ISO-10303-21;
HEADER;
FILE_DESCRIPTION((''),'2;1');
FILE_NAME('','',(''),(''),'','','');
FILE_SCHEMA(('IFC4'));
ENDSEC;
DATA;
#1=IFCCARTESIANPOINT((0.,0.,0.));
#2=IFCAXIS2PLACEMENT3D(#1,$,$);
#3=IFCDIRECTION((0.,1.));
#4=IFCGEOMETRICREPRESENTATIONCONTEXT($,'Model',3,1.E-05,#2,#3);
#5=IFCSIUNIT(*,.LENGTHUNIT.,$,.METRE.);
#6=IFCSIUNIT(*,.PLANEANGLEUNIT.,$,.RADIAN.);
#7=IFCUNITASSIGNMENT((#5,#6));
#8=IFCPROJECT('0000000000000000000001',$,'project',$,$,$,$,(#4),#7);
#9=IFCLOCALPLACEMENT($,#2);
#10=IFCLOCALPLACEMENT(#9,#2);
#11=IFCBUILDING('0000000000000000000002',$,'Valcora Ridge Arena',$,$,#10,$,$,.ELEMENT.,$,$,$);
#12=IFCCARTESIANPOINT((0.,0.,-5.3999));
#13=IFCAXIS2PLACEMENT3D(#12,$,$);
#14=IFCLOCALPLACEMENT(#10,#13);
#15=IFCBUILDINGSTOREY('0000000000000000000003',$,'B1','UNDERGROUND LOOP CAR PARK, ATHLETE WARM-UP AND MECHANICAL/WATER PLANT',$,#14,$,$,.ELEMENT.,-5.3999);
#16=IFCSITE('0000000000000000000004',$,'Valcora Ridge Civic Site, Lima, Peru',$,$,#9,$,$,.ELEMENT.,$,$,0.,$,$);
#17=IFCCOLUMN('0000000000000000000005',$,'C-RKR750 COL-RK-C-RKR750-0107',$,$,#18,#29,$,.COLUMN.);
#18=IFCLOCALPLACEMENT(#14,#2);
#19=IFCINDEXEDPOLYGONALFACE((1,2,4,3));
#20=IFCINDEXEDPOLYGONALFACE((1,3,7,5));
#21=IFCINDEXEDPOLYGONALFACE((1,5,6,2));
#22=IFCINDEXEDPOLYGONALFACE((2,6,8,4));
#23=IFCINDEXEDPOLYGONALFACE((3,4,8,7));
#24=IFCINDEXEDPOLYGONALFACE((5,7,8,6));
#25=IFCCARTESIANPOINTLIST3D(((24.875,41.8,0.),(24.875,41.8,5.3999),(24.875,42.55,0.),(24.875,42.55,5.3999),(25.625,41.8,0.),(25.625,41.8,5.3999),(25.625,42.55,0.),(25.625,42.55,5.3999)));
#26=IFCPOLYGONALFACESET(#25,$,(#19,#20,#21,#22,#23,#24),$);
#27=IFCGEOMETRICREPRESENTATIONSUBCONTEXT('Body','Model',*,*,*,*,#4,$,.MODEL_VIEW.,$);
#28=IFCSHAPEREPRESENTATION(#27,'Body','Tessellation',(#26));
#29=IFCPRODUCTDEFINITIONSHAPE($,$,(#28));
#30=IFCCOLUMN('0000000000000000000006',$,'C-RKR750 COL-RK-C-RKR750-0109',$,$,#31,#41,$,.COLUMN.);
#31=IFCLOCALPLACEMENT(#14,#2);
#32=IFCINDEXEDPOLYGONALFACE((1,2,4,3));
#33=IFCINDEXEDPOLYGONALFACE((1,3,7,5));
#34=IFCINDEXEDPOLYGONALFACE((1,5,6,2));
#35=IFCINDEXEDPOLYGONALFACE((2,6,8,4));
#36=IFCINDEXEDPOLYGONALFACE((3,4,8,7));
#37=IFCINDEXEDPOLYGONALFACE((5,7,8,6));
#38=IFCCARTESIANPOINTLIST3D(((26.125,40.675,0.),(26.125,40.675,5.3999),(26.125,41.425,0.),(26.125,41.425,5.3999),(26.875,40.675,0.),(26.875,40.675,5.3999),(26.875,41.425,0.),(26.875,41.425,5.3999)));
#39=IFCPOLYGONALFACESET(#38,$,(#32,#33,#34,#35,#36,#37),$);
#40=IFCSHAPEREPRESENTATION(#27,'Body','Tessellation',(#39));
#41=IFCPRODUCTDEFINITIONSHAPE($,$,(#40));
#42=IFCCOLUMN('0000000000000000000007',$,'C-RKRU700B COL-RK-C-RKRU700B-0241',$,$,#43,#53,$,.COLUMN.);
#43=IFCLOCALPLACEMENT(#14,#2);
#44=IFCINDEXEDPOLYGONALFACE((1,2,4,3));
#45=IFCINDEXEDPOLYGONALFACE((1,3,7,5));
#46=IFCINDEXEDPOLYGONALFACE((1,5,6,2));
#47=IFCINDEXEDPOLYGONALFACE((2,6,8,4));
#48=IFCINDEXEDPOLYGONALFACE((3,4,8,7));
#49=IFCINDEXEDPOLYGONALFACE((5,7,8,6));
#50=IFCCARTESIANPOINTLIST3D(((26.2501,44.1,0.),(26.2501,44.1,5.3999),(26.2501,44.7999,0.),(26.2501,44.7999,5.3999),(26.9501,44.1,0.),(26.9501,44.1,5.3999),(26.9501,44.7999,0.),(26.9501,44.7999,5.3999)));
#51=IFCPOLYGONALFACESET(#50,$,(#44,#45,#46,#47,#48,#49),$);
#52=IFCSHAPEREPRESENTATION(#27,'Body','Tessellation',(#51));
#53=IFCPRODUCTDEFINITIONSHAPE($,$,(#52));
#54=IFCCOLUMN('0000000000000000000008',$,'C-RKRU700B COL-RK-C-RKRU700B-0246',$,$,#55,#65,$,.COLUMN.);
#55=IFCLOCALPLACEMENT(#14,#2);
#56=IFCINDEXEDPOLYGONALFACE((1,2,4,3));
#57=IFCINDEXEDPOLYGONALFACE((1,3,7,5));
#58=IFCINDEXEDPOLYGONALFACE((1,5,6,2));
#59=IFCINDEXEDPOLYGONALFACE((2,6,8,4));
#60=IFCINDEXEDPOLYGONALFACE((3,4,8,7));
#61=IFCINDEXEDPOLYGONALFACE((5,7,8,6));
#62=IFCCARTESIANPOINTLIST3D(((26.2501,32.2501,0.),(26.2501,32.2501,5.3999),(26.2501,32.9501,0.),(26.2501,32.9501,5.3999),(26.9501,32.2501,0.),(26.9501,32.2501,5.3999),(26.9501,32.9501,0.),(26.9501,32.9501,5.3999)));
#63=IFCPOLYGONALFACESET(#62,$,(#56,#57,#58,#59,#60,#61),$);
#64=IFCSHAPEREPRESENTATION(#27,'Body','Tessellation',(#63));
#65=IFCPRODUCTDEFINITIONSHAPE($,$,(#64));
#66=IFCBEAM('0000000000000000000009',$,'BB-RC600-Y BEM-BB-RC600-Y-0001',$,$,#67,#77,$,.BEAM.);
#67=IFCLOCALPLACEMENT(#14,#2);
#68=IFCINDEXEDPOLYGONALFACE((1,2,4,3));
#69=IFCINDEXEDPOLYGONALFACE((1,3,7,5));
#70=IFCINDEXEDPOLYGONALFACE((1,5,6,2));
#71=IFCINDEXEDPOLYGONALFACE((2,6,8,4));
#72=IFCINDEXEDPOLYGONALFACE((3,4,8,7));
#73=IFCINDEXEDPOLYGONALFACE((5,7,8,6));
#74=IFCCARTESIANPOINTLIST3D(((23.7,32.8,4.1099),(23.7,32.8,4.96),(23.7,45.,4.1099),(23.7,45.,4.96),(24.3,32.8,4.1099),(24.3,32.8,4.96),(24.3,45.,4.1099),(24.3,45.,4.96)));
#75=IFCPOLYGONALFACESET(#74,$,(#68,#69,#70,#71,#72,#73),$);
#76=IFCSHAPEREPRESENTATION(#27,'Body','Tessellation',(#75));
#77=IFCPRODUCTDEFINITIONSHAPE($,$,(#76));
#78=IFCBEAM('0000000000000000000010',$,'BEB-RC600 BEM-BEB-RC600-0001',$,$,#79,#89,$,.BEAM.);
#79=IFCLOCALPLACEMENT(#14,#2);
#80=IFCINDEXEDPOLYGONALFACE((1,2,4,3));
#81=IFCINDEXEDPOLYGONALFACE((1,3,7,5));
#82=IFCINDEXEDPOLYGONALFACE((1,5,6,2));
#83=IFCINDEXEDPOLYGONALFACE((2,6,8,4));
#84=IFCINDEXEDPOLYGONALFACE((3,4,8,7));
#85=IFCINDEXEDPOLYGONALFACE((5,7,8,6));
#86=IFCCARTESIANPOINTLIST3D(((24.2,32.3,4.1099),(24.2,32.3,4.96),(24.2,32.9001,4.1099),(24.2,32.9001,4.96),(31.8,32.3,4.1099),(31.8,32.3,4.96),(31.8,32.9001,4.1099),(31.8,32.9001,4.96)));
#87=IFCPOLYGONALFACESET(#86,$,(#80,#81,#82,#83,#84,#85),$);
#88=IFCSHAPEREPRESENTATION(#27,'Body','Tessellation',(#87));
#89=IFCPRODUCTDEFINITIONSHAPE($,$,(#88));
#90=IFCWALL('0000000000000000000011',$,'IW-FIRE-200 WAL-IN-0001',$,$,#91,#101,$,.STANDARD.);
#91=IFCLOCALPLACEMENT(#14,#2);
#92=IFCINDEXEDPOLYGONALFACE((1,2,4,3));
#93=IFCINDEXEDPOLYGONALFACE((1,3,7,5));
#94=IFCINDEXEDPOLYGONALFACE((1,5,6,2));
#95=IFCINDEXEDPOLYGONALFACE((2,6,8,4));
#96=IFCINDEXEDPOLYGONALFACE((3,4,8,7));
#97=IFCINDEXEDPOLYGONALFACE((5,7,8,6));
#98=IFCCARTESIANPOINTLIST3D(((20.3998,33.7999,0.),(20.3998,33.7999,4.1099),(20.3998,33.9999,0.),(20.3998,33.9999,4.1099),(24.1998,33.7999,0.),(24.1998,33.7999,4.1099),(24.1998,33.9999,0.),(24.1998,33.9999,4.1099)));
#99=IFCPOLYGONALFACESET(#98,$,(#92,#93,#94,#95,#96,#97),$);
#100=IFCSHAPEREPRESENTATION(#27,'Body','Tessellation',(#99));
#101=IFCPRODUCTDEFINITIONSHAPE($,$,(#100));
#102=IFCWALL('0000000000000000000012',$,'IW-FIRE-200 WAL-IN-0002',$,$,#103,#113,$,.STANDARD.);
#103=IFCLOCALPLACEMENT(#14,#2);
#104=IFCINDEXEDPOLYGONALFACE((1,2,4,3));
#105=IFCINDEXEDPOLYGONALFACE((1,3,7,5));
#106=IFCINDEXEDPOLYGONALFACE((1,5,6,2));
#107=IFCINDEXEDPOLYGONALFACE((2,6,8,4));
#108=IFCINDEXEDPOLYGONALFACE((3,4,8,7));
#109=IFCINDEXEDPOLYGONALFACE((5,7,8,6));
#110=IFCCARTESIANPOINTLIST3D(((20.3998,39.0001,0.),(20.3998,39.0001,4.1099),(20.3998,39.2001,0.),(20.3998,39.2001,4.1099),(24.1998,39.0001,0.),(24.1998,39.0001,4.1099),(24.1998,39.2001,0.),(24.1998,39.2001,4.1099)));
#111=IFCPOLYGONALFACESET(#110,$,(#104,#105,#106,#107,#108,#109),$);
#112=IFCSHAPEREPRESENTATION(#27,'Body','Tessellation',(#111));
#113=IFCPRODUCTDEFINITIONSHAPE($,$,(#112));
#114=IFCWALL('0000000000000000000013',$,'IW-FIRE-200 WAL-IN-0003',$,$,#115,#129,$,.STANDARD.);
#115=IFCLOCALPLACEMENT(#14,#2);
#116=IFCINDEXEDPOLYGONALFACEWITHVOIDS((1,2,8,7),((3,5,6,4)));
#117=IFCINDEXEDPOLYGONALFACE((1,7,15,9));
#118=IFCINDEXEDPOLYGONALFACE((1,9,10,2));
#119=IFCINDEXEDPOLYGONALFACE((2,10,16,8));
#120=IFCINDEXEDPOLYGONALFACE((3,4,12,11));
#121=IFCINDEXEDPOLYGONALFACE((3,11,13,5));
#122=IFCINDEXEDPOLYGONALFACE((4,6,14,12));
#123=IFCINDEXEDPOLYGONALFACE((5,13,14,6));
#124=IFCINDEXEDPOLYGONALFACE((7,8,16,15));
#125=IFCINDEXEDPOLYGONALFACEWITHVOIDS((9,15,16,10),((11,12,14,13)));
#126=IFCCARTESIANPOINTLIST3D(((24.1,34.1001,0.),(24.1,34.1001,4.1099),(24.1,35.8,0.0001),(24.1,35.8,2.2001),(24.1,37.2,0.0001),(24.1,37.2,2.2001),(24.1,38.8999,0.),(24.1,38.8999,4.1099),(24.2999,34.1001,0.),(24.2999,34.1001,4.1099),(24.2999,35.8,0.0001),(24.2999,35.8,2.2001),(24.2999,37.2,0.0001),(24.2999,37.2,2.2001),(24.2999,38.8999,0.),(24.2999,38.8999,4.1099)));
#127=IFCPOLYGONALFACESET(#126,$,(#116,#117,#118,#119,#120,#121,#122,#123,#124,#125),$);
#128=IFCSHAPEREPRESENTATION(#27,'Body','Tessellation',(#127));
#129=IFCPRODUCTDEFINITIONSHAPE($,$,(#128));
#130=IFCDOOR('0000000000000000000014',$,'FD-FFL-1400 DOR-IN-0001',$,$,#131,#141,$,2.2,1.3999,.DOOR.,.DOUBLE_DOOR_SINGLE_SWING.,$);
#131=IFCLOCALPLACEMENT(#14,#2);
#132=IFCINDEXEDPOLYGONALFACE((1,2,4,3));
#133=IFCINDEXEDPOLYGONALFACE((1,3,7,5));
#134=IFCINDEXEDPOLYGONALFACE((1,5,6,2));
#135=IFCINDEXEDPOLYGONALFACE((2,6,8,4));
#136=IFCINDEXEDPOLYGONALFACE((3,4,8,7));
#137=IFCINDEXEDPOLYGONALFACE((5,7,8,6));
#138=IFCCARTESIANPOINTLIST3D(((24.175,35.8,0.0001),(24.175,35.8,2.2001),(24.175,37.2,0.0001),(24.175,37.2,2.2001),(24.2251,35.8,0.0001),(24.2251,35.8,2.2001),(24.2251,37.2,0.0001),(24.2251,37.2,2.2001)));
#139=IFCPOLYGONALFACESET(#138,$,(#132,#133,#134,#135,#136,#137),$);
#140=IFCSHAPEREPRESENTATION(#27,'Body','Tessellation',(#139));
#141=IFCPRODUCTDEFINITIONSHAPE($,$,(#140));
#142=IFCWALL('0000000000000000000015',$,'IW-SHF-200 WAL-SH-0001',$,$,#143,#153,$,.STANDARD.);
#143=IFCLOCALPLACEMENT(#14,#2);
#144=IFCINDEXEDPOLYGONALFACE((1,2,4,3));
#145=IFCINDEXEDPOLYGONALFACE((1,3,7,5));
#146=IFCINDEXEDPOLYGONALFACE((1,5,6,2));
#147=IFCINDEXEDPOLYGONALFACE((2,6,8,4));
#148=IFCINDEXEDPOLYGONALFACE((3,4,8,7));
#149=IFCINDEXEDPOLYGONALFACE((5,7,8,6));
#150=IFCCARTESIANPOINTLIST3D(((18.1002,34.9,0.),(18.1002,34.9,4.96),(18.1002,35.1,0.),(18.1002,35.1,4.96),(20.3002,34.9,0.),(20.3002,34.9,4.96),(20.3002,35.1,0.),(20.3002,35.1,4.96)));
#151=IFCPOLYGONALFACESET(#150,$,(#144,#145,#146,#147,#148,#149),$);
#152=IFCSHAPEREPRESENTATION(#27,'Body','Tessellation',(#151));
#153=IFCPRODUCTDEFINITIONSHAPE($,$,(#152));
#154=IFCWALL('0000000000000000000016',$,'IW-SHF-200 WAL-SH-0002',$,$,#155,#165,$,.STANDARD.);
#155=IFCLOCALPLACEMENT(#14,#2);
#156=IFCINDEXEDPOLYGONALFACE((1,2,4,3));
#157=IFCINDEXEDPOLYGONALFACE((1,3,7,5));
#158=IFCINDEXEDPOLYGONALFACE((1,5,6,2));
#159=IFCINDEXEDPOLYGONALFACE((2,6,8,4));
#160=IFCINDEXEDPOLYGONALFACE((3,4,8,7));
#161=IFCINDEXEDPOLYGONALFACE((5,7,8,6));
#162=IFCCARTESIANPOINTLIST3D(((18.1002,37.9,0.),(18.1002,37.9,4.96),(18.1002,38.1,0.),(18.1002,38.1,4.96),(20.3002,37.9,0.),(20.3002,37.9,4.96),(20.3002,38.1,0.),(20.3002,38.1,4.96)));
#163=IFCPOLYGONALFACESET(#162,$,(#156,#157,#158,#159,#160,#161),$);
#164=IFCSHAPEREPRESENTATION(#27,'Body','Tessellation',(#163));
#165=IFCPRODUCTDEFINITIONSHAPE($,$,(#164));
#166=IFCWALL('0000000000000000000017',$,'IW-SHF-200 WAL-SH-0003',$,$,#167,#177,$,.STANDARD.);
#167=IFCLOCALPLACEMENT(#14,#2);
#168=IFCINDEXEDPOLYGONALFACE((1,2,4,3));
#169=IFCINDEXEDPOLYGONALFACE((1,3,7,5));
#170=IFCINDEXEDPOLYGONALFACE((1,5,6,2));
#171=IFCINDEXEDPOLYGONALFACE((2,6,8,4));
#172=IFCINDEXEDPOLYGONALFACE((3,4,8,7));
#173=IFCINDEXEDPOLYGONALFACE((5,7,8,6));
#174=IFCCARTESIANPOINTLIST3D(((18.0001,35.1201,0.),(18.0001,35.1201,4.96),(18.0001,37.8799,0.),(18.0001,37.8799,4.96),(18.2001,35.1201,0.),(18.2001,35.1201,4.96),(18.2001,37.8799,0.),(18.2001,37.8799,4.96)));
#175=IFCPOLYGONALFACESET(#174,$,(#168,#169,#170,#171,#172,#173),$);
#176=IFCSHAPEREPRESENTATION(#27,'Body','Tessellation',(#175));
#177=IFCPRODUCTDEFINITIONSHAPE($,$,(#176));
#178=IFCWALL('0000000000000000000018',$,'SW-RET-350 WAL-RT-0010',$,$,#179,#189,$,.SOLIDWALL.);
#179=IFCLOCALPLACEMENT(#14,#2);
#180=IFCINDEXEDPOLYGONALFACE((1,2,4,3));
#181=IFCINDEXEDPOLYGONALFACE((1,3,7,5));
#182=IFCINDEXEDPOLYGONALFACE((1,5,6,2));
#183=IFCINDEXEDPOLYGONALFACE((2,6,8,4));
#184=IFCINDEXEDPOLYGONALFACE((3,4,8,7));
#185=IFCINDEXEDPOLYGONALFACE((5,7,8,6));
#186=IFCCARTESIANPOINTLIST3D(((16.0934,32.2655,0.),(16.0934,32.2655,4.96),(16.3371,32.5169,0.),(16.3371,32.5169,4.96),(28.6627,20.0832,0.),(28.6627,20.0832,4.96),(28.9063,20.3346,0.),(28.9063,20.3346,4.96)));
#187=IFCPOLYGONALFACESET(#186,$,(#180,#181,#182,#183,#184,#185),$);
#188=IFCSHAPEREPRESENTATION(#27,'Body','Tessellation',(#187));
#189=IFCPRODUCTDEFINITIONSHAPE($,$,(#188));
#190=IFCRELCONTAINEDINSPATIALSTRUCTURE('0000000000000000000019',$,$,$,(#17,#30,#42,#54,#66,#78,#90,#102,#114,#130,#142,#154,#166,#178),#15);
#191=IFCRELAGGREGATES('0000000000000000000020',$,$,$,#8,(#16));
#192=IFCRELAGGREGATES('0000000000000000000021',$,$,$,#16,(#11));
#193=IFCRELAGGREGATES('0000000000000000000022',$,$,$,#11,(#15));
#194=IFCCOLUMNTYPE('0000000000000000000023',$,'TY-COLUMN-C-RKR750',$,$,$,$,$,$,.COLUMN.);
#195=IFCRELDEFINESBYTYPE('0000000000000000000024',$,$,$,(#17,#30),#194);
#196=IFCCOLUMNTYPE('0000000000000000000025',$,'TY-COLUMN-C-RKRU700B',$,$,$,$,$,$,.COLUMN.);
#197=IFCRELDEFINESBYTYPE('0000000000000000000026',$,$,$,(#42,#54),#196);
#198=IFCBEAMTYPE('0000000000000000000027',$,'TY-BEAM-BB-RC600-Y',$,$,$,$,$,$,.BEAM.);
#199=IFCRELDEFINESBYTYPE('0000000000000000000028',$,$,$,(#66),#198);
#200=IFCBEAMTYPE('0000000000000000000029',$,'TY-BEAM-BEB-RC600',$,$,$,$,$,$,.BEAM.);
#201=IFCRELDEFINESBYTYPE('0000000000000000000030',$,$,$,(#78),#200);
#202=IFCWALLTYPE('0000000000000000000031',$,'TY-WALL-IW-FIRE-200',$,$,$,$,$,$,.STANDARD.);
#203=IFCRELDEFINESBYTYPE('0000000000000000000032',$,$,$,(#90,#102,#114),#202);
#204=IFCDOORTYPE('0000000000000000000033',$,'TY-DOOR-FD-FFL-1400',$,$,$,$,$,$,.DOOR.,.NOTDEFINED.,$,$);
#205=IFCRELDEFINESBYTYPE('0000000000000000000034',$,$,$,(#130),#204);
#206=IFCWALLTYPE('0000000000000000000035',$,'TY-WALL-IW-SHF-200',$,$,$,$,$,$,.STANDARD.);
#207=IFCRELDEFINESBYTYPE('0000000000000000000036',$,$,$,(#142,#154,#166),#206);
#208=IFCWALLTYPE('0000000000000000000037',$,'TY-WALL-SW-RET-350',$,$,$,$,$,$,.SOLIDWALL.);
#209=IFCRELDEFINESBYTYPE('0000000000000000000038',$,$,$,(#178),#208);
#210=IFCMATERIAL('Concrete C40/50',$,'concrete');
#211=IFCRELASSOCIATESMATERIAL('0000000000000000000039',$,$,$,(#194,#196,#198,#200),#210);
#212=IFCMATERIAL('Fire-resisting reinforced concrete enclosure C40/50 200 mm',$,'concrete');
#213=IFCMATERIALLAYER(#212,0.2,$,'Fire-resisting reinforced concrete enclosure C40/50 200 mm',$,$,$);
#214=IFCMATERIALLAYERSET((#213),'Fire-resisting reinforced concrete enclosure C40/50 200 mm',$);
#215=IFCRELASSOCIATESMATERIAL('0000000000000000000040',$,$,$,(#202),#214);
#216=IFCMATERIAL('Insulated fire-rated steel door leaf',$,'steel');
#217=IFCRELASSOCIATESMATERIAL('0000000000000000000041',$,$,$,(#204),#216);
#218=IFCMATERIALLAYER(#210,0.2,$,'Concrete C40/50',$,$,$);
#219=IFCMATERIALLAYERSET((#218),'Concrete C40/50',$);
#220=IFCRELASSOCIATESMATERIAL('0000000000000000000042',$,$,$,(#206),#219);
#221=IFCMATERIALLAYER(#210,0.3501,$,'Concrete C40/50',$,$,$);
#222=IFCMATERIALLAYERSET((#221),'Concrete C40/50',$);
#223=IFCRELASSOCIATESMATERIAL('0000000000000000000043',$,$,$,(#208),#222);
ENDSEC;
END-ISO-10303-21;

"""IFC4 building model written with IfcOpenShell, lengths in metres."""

from ifc_helpers import new_model, si_unit, direction, frame, frame_2d, origin, origin_2d, place, context, subcontext, project, spatial, rectangle, extrude, material, layer, layer_set, material_profile, profile_set, type_object, element, fill, save


model = new_model("IFC4")

# Units and contexts
model_context = context("Model", 3, precision=1e-05, world=origin(), true_north=direction((0.0, 1.0)))
body_context = subcontext(model_context, "Body", "Model", "MODEL_VIEW")
ifc_project = project(units=[si_unit("LENGTHUNIT", "METRE"), si_unit("PLANEANGLEUNIT", "RADIAN")], contexts=[model_context])

# Site, building, storey
site_placement = place(None, origin())
site = spatial("IfcSite", under=ifc_project, at=site_placement, Name="Valcora Ridge Civic Site, Lima, Peru", CompositionType="ELEMENT", RefElevation=0.0)
building_placement = place(site_placement, origin())
building = spatial("IfcBuilding", under=site, at=building_placement, Name="Valcora Ridge Arena", CompositionType="ELEMENT")
storey_placement = place(building_placement, frame((0.0, 0.0, -5.3999)))
storey = spatial("IfcBuildingStorey", under=building, at=storey_placement, Name="B1", Description="UNDERGROUND LOOP CAR PARK, ATHLETE WARM-UP AND MECHANICAL/WATER PLANT", CompositionType="ELEMENT", Elevation=-5.3999)

# Shared definitions
ifc_material_1 = material(Name="Concrete C40/50", Category="concrete")

# Columns
ifc_material_profile_1 = material_profile(ifc_material_1, rectangle(XDim=0.75, YDim=0.75, at=origin_2d()), Name="RC 750x750")
ifc_profile_set_1 = profile_set([ifc_material_profile_1], Name="Concrete C40/50")
column_type_1 = type_object("IfcColumnType", Name="TY-COLUMN-C-RKR750", PredefinedType="COLUMN", material=ifc_profile_set_1)
for number, where, z_axis, x_axis, name in (
    (1, (25.25, 42.175, 0.0), (0.0, 0.0, 1.0), (1.0, 0.0, 0.0), "C-RKR750 COL-RK-C-RKR750-0107"),
    (2, (26.5, 41.05, 0.0), (0.0, 0.0, 1.0), (1.0, 0.0, 0.0), "C-RKR750 COL-RK-C-RKR750-0109"),
):
    element("IfcColumn", number, at=place(storey_placement, frame(where, z_axis=z_axis, x_axis=x_axis)), inside=storey, type_object=column_type_1, Name=name, PredefinedType="COLUMN", context=body_context, shape_type="SweptSolid", body=[
        extrude(rectangle(XDim=0.75, YDim=0.75, at=origin_2d()), origin(), (0.0, 0.0, 1.0), 5.3999),
    ])
ifc_material_profile_2 = material_profile(ifc_material_1, rectangle(XDim=0.7, YDim=0.7, at=origin_2d()), Name="RC 700x700")
ifc_profile_set_2 = profile_set([ifc_material_profile_2], Name="Concrete C40/50")
column_type_2 = type_object("IfcColumnType", Name="TY-COLUMN-C-RKRU700B", PredefinedType="COLUMN", material=ifc_profile_set_2)
for number, where, z_axis, x_axis, name in (
    (3, (26.6001, 44.45, 0.0), (0.0, 0.0, 1.0), (1.0, 0.0, 0.0), "C-RKRU700B COL-RK-C-RKRU700B-0241"),
    (4, (26.6001, 32.6001, 0.0), (0.0, 0.0, 1.0), (1.0, 0.0, 0.0), "C-RKRU700B COL-RK-C-RKRU700B-0246"),
):
    element("IfcColumn", number, at=place(storey_placement, frame(where, z_axis=z_axis, x_axis=x_axis)), inside=storey, type_object=column_type_2, Name=name, PredefinedType="COLUMN", context=body_context, shape_type="SweptSolid", body=[
        extrude(rectangle(XDim=0.7, YDim=0.7, at=origin_2d()), origin(), (0.0, 0.0, 1.0), 5.3999),
    ])

# Beams
ifc_material_profile_3 = material_profile(ifc_material_1, rectangle(XDim=0.6001, YDim=0.8501, at=origin_2d()), Name="RC 600x850")
ifc_profile_set_3 = profile_set([ifc_material_profile_3], Name="Concrete C40/50")
beam_type_1 = type_object("IfcBeamType", Name="TY-BEAM-BB-RC600-Y", PredefinedType="BEAM", material=ifc_profile_set_3)
beam_1_placement = place(storey_placement, frame((24.0, 32.8, 4.5349), z_axis=(0.0, 1.0, 0.0), x_axis=(-1.0, 0.0, 0.0)))
element("IfcBeam", 5, at=beam_1_placement, inside=storey, type_object=beam_type_1, Name="BB-RC600-Y BEM-BB-RC600-Y-0001", PredefinedType="BEAM", context=body_context, shape_type="SweptSolid", body=[
    extrude(rectangle(XDim=0.6001, YDim=0.8501, at=origin_2d()), origin(), (0.0, 0.0, 1.0), 12.2),
])
ifc_material_profile_4 = material_profile(ifc_material_1, rectangle(XDim=0.6001, YDim=0.8501, at=origin_2d()), Name="RC 600x850")
ifc_profile_set_4 = profile_set([ifc_material_profile_4], Name="Concrete C40/50")
beam_type_2 = type_object("IfcBeamType", Name="TY-BEAM-BEB-RC600", PredefinedType="BEAM", material=ifc_profile_set_4)
beam_2_placement = place(storey_placement, frame((24.2, 32.6001, 4.5349), z_axis=(1.0, 0.0, 0.0), x_axis=(0.0, 1.0, 0.0)))
element("IfcBeam", 6, at=beam_2_placement, inside=storey, type_object=beam_type_2, Name="BEB-RC600 BEM-BEB-RC600-0001", PredefinedType="BEAM", context=body_context, shape_type="SweptSolid", body=[
    extrude(rectangle(XDim=0.6001, YDim=0.8501, at=origin_2d()), origin(), (0.0, 0.0, 1.0), 7.6001),
])

# Walls
ifc_material_2 = material(Name="Fire-resisting reinforced concrete enclosure C40/50 200 mm", Category="concrete")
ifc_layer_1 = layer(ifc_material_2, 0.2, Name="Fire-resisting reinforced concrete enclosure C40/50 200 mm")
ifc_layer_set_1 = layer_set([ifc_layer_1], Name="Fire-resisting reinforced concrete enclosure C40/50 200 mm")
wall_type_1 = type_object("IfcWallType", Name="TY-WALL-IW-FIRE-200", PredefinedType="STANDARD", material=ifc_layer_set_1)
for number, where, z_axis, x_axis, name in (
    (7, (20.3999, 33.8999, 0.0), (0.0, 0.0, 1.0), (1.0, 0.0, 0.0), "IW-FIRE-200 WAL-IN-0001"),
    (8, (20.3999, 39.1001, 0.0), (0.0, 0.0, 1.0), (1.0, 0.0, 0.0), "IW-FIRE-200 WAL-IN-0002"),
):
    element("IfcWall", number, at=place(storey_placement, frame(where, z_axis=z_axis, x_axis=x_axis)), inside=storey, type_object=wall_type_1, Name=name, PredefinedType="STANDARD", context=body_context, shape_type="SweptSolid", body=[
        extrude(rectangle(XDim=3.8, YDim=0.2, at=frame_2d((1.8999, 0.0))), origin(), (0.0, 0.0, 1.0), 4.1099),
    ])

# Wall, opening, door
wall_1_placement = place(storey_placement, frame((24.2, 34.1001, 0.0), z_axis=(0.0, 0.0, 1.0), x_axis=(0.0, 1.0, 0.0)))
wall_1 = element("IfcWall", 9, at=wall_1_placement, inside=storey, type_object=wall_type_1, Name="IW-FIRE-200 WAL-IN-0003", PredefinedType="STANDARD", context=body_context, shape_type="SweptSolid", body=[
    extrude(rectangle(XDim=4.7998, YDim=0.2, at=frame_2d((2.3999, 0.0))), origin(), (0.0, 0.0, 1.0), 4.1099),
])
opening_1_placement = place(wall_1_placement, frame((1.7, 0.0, 0.0)))
opening_1 = element("IfcOpeningElement", 10, at=opening_1_placement, cuts=wall_1, PredefinedType="OPENING", context=body_context, shape_type="SweptSolid", body=[
    extrude(rectangle(XDim=1.3999, YDim=2.2, at=frame_2d((0.7, 1.1001))), frame((0.0, 0.1099, 0.0), z_axis=(0.0, -1.0, 0.0), x_axis=(1.0, 0.0, 0.0)), (0.0, 0.0, 1.0), 0.22),
])
ifc_material_3 = material(Name="Insulated fire-rated steel door leaf", Category="steel")
door_type_1 = type_object("IfcDoorType", Name="TY-DOOR-FD-FFL-1400", OperationType="NOTDEFINED", PredefinedType="DOOR", material=ifc_material_3)
door_1_placement = place(opening_1_placement, origin())
door_1 = element("IfcDoor", 11, at=door_1_placement, inside=storey, type_object=door_type_1, Name="FD-FFL-1400 DOR-IN-0001", OperationType="DOUBLE_DOOR_SINGLE_SWING", OverallHeight=2.2, OverallWidth=1.3999, PredefinedType="DOOR", context=body_context, shape_type="SweptSolid", body=[
    extrude(rectangle(XDim=1.3999, YDim=2.2, at=frame_2d((0.7, 1.1001))), frame((0.0, 0.0249, 0.0), z_axis=(0.0, -1.0, 0.0), x_axis=(1.0, 0.0, 0.0)), (0.0, 0.0, 1.0), 0.05),
])
fill(opening_1, door_1)

# Walls
ifc_layer_2 = layer(ifc_material_1, 0.2, Name="Concrete C40/50")
ifc_layer_set_2 = layer_set([ifc_layer_2], Name="Concrete C40/50")
wall_type_2 = type_object("IfcWallType", Name="TY-WALL-IW-SHF-200", PredefinedType="STANDARD", material=ifc_layer_set_2)
for number, where, z_axis, x_axis, name in (
    (12, (18.1001, 35.0, 0.0), (0.0, 0.0, 1.0), (1.0, 0.0, 0.0), "IW-SHF-200 WAL-SH-0001"),
    (13, (18.1001, 38.0, 0.0), (0.0, 0.0, 1.0), (1.0, 0.0, 0.0), "IW-SHF-200 WAL-SH-0002"),
):
    element("IfcWall", number, at=place(storey_placement, frame(where, z_axis=z_axis, x_axis=x_axis)), inside=storey, type_object=wall_type_2, Name=name, PredefinedType="STANDARD", context=body_context, shape_type="SweptSolid", body=[
        extrude(rectangle(XDim=2.2, YDim=0.2, at=frame_2d((1.1001, 0.0))), origin(), (0.0, 0.0, 1.0), 4.96),
    ])
wall_2_placement = place(storey_placement, frame((18.1001, 35.1201, 0.0), z_axis=(0.0, 0.0, 1.0), x_axis=(0.0, 1.0, 0.0)))
element("IfcWall", 14, at=wall_2_placement, inside=storey, type_object=wall_type_2, Name="IW-SHF-200 WAL-SH-0003", PredefinedType="STANDARD", context=body_context, shape_type="SweptSolid", body=[
    extrude(rectangle(XDim=2.7598, YDim=0.2, at=frame_2d((1.3799, 0.0))), origin(), (0.0, 0.0, 1.0), 4.96),
])

# Wall
ifc_layer_3 = layer(ifc_material_1, 0.3501, Name="Concrete C40/50")
ifc_layer_set_3 = layer_set([ifc_layer_3], Name="Concrete C40/50")
wall_type_3 = type_object("IfcWallType", Name="TY-WALL-SW-RET-350", PredefinedType="SOLIDWALL", material=ifc_layer_set_3)
wall_3_placement = place(storey_placement, frame((16.2153, 32.3911, 0.0), z_axis=(0.0, 0.0, 1.0), x_axis=(0.718074, -0.695967, 0.0)))
element("IfcWall", 15, at=wall_3_placement, inside=storey, type_object=wall_type_3, Name="SW-RET-350 WAL-RT-0010", PredefinedType="SOLIDWALL", context=body_context, shape_type="SweptSolid", body=[
    extrude(rectangle(XDim=17.5042, YDim=0.3501, at=frame_2d((8.752, 0.0))), origin(), (0.0, 0.0, 1.0), 4.96),
])

save(model, "model.ifc")
